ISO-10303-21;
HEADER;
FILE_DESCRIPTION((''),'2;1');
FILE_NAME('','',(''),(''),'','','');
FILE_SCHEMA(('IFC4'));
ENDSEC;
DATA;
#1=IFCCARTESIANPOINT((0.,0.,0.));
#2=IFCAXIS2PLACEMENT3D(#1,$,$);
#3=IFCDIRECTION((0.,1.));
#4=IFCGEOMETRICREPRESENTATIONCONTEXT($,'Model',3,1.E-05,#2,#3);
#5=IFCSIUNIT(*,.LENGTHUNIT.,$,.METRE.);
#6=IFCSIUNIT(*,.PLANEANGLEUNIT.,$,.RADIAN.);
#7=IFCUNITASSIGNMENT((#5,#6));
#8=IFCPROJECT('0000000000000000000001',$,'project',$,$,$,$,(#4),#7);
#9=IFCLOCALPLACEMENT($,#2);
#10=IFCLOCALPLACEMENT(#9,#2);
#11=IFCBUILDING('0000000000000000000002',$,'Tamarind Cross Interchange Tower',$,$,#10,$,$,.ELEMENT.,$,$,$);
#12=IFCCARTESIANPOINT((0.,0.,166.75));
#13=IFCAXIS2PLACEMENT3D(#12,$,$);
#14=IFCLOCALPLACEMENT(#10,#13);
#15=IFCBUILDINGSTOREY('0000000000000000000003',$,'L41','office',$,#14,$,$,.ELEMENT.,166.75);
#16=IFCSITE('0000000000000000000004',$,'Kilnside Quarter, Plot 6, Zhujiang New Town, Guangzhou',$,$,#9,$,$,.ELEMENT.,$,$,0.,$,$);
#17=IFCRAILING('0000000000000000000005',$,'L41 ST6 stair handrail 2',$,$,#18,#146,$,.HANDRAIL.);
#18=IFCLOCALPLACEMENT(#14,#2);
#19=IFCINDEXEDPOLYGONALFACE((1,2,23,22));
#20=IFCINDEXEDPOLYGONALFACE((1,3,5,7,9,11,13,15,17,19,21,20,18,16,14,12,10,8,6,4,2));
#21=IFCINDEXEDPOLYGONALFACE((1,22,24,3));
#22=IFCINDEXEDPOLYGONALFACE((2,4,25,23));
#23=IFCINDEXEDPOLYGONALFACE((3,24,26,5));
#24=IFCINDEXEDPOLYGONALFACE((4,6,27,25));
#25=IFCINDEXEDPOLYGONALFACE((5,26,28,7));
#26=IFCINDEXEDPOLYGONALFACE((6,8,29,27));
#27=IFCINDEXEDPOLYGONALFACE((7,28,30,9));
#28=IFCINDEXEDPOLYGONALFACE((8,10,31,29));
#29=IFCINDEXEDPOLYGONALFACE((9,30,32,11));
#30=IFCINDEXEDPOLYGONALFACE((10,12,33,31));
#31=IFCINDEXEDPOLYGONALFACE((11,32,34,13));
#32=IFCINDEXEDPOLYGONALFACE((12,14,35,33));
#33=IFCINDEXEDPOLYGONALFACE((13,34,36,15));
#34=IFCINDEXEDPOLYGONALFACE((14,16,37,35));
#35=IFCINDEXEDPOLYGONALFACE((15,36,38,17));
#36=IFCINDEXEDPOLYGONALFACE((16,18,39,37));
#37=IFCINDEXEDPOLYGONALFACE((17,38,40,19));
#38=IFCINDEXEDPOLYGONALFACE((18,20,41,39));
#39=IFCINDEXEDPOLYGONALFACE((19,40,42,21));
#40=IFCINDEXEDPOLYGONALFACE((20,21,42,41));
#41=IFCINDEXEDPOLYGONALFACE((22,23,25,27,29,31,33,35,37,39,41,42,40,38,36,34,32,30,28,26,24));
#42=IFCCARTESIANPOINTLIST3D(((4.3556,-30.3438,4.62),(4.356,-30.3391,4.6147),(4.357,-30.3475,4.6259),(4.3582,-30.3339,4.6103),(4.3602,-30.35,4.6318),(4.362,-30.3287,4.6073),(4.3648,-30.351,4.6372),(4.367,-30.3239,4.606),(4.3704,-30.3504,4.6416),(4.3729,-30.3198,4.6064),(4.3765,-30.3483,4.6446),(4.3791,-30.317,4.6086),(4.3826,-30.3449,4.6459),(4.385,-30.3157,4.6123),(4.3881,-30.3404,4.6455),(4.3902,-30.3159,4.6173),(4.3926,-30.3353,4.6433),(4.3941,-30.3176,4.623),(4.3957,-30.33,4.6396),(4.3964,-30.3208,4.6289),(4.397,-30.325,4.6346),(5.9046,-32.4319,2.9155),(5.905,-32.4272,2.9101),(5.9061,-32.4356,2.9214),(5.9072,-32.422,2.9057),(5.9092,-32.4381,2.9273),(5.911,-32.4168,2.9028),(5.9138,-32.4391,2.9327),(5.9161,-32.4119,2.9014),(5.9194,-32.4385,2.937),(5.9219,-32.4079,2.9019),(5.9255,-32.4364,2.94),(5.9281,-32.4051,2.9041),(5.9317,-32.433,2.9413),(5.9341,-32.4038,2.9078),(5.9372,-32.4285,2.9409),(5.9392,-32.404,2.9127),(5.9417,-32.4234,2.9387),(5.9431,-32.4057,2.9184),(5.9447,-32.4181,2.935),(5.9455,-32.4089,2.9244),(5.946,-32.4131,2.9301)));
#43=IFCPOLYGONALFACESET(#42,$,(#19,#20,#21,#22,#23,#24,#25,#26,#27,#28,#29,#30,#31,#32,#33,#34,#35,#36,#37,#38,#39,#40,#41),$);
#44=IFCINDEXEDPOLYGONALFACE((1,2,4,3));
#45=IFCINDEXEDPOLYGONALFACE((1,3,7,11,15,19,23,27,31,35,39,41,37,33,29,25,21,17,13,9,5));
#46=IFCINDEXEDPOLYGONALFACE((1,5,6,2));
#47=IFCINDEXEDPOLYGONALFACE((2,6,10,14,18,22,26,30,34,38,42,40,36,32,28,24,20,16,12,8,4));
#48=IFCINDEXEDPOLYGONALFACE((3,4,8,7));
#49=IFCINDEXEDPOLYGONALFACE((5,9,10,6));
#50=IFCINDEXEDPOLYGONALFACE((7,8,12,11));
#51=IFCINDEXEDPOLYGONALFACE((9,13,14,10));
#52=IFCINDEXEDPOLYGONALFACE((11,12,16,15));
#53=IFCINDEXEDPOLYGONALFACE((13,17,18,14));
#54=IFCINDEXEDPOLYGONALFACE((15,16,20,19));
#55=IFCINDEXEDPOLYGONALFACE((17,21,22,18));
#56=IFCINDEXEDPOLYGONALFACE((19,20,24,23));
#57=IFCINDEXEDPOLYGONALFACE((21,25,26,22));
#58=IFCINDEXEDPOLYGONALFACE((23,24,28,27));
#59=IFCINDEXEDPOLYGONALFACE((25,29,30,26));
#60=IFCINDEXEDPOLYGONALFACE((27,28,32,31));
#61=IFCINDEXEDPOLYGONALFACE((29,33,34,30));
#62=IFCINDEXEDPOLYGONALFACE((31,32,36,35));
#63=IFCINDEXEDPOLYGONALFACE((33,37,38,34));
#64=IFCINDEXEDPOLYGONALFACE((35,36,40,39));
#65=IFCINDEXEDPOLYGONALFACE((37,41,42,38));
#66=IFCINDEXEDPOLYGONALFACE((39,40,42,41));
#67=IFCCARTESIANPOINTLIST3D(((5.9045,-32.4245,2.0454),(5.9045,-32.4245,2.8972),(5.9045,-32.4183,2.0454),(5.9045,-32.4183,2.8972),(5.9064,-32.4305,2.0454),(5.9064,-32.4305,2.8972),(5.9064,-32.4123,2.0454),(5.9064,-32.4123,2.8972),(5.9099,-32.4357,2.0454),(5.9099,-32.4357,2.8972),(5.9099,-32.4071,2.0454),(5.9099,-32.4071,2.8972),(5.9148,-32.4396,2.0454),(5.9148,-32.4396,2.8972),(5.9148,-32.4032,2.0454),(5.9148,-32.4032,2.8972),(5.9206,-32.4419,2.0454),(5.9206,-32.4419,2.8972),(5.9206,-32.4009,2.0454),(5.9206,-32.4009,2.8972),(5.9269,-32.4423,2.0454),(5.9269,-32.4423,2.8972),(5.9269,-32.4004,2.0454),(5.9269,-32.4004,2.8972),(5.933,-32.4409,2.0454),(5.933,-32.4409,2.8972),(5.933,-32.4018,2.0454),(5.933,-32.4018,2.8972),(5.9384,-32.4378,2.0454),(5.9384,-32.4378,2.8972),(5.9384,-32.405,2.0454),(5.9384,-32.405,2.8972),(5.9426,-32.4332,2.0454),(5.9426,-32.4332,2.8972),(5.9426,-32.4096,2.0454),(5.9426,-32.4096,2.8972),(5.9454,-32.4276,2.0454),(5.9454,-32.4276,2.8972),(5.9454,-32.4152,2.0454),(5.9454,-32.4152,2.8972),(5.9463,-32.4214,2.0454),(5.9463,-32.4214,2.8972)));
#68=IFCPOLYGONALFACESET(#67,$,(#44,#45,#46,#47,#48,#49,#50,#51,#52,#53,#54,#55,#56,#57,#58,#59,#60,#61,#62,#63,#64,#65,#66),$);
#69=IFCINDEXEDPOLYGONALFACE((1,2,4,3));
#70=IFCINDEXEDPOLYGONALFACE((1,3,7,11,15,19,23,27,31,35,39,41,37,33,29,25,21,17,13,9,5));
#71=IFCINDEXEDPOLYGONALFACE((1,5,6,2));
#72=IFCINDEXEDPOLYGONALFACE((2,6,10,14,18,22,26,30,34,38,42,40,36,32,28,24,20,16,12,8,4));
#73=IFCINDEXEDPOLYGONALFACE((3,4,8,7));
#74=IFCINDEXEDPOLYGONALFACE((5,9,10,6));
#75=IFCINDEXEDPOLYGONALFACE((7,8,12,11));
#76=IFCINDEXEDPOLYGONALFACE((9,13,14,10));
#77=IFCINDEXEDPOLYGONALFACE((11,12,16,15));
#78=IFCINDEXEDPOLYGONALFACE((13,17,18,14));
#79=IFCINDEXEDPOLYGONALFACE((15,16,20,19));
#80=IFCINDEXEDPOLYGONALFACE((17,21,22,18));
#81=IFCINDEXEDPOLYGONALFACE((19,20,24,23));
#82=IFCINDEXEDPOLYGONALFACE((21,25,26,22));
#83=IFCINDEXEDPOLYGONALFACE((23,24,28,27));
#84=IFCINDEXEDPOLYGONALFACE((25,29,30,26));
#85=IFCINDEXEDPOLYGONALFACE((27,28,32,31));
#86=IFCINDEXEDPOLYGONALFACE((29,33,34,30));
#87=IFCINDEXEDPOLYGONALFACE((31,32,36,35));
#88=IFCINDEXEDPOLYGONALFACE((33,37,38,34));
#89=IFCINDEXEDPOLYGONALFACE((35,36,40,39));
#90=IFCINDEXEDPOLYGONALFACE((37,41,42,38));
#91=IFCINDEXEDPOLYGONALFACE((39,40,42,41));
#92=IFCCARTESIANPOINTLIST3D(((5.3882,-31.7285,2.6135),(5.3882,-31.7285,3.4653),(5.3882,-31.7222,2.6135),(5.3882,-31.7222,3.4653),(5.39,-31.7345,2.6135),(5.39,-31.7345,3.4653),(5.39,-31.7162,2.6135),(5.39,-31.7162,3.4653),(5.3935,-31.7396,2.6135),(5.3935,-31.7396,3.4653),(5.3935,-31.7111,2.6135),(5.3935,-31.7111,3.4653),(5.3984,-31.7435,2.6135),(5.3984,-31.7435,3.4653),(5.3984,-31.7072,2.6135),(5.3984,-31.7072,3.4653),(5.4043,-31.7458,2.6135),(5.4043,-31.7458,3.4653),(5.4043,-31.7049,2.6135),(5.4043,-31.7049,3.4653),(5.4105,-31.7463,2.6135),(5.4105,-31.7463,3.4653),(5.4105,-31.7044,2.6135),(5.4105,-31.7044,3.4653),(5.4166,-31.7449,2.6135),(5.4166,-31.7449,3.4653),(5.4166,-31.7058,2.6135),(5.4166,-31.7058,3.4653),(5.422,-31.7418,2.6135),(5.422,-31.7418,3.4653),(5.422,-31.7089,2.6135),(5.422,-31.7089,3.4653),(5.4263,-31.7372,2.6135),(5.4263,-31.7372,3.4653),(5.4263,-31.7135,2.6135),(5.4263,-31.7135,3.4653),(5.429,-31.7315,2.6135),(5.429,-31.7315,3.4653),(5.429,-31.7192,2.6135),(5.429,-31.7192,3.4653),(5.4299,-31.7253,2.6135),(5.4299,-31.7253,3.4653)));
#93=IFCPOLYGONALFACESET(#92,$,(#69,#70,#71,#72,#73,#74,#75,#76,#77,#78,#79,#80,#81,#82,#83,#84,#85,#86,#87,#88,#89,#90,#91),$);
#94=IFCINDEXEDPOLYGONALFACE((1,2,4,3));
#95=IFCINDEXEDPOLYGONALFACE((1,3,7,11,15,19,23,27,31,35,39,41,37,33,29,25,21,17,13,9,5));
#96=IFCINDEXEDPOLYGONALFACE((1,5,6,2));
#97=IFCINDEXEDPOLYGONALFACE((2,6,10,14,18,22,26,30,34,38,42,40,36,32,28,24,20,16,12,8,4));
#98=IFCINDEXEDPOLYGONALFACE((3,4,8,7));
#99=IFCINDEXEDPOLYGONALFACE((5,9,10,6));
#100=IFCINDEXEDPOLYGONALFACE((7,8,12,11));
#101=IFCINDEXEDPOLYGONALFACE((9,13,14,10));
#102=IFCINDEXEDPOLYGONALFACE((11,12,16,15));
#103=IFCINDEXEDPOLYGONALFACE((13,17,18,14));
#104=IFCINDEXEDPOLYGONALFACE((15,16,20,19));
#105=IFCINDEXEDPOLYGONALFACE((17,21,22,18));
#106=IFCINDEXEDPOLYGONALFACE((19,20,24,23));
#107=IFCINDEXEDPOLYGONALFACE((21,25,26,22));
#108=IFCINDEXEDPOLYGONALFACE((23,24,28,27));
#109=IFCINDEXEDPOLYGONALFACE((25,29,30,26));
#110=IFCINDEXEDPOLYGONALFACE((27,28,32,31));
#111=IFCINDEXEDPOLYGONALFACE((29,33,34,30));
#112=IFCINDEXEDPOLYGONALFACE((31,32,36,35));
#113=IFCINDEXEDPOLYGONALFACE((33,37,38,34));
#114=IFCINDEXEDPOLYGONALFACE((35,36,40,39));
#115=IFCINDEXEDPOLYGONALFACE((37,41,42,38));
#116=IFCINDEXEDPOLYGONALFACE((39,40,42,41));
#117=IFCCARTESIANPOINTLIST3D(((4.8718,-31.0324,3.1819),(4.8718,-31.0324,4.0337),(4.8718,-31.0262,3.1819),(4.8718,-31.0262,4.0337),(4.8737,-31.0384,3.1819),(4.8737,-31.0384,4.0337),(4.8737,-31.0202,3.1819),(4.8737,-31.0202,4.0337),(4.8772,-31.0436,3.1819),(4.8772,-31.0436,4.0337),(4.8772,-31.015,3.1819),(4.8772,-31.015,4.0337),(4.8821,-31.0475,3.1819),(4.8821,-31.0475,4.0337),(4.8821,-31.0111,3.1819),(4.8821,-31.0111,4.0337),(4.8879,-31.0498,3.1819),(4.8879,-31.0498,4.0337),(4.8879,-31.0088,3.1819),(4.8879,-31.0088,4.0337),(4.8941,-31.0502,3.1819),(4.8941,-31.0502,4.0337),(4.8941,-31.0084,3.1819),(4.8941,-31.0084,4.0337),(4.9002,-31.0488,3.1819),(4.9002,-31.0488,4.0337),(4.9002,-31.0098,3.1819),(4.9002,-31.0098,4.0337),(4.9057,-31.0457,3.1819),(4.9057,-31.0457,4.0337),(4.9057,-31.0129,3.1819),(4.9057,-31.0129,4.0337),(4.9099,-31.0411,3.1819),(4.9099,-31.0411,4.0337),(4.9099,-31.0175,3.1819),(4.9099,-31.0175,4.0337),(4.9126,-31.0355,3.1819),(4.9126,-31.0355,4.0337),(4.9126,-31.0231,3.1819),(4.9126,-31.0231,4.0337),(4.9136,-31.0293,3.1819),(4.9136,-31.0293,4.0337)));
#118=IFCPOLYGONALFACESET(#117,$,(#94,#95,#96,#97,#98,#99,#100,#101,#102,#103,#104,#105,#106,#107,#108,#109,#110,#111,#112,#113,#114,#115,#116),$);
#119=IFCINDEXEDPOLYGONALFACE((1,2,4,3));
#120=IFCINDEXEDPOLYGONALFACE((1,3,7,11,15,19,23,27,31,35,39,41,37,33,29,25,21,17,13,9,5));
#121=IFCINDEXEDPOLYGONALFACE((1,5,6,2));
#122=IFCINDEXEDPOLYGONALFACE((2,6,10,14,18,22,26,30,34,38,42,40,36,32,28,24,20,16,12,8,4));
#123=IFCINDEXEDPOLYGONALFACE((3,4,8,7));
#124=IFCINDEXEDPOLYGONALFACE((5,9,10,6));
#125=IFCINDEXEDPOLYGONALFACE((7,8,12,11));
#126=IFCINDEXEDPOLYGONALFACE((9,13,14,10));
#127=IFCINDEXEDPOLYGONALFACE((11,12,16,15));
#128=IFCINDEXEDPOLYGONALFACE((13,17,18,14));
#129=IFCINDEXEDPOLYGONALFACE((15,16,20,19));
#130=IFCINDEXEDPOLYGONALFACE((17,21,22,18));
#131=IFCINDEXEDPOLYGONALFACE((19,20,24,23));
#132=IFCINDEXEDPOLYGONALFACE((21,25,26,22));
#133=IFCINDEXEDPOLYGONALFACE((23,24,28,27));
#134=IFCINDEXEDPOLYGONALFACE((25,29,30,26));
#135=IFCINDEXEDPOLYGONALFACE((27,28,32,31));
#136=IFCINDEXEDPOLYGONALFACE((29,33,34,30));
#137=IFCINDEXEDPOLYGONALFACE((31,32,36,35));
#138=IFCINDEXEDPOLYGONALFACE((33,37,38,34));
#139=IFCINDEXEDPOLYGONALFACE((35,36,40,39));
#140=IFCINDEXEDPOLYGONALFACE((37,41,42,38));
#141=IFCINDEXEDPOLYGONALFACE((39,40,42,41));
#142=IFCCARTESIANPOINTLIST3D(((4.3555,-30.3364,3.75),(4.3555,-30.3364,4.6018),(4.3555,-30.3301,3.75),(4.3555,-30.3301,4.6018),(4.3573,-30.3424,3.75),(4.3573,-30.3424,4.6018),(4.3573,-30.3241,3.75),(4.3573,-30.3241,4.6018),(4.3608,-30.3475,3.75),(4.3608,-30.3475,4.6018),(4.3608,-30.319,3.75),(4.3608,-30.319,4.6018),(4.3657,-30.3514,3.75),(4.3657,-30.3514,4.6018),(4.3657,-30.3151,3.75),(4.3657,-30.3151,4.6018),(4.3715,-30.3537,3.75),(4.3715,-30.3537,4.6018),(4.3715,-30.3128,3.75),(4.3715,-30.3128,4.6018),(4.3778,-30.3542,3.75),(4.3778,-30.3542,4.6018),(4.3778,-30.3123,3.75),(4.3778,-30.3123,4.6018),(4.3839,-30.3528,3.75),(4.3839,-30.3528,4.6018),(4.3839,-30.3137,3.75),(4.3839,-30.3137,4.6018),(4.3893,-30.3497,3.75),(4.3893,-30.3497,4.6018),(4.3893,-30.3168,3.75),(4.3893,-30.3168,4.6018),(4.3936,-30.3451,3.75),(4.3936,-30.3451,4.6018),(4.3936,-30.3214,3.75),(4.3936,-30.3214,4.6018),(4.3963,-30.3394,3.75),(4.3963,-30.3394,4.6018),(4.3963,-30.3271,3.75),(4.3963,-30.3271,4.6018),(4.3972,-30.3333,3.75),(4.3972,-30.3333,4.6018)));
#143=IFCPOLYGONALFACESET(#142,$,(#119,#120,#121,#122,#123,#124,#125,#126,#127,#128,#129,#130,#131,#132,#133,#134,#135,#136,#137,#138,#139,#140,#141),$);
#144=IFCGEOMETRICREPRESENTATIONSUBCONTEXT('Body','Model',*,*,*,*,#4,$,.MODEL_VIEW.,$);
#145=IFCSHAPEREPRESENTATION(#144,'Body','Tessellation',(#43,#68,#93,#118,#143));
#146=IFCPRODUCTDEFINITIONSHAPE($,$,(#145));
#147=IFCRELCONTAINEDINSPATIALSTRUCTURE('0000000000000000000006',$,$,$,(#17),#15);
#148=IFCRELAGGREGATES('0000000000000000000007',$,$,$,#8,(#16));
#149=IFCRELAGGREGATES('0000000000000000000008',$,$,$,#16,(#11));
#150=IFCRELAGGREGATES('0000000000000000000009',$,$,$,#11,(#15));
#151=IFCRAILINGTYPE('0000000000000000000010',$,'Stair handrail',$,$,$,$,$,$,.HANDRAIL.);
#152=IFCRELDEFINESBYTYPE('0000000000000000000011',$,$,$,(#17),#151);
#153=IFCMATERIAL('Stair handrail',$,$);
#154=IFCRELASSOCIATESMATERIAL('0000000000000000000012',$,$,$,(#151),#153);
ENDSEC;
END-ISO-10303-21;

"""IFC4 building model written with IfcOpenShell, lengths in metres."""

from ifc_helpers import new_model, si_unit, direction, frame, origin, origin_2d, place, context, subcontext, project, spatial, circle, extrude, material, type_object, element, save


model = new_model("IFC4")

# Units and contexts
model_context = context("Model", 3, precision=1e-05, world=origin(), true_north=direction((0.0, 1.0)))
body_context = subcontext(model_context, "Body", "Model", "MODEL_VIEW")
ifc_project = project(units=[si_unit("LENGTHUNIT", "METRE"), si_unit("PLANEANGLEUNIT", "RADIAN")], contexts=[model_context])

# Site, building, storey
site_placement = place(None, origin())
site = spatial("IfcSite", under=ifc_project, at=site_placement, Name="Kilnside Quarter, Plot 6, Zhujiang New Town, Guangzhou", CompositionType="ELEMENT", RefElevation=0.0)
building_placement = place(site_placement, origin())
building = spatial("IfcBuilding", under=site, at=building_placement, Name="Tamarind Cross Interchange Tower", CompositionType="ELEMENT")
storey_placement = place(building_placement, frame((0.0, 0.0, 166.75)))
storey = spatial("IfcBuildingStorey", under=building, at=storey_placement, Name="L41", Description="office", CompositionType="ELEMENT", Elevation=166.75)

# Railing
ifc_material_1 = material(Name="Stair handrail")
railing_type_1 = type_object("IfcRailingType", Name="Stair handrail", PredefinedType="HANDRAIL", material=ifc_material_1)
railing_1_placement = place(storey_placement, frame((5.9253, -32.4214, 2.0454)))
element("IfcRailing", 1, at=railing_1_placement, inside=storey, type_object=railing_type_1, Name="L41 ST6 stair handrail 2", PredefinedType="HANDRAIL", context=body_context, shape_type="SweptSolid", body=[
    extrude(circle(Radius=0.0239, at=origin_2d()), frame((0.0, 0.0, 0.876), z_axis=(-0.498263, 0.671653, 0.548285), x_axis=(-0.803133, -0.5958, 0.0)), (0.0, 0.0, 1.0), 3.1089),
    extrude(circle(Radius=0.021, at=origin_2d()), origin(), (0.0, 0.0, 1.0), 0.8518),
    extrude(circle(Radius=0.021, at=origin_2d()), frame((-0.5164, 0.696, 0.5681)), (0.0, 0.0, 1.0), 0.8518),
    extrude(circle(Radius=0.021, at=origin_2d()), frame((-1.0327, 1.3921, 1.1365)), (0.0, 0.0, 1.0), 0.8518),
    extrude(circle(Radius=0.021, at=origin_2d()), frame((-1.5491, 2.0881, 1.7046)), (0.0, 0.0, 1.0), 0.8518),
])

save(model, "model.ifc")
